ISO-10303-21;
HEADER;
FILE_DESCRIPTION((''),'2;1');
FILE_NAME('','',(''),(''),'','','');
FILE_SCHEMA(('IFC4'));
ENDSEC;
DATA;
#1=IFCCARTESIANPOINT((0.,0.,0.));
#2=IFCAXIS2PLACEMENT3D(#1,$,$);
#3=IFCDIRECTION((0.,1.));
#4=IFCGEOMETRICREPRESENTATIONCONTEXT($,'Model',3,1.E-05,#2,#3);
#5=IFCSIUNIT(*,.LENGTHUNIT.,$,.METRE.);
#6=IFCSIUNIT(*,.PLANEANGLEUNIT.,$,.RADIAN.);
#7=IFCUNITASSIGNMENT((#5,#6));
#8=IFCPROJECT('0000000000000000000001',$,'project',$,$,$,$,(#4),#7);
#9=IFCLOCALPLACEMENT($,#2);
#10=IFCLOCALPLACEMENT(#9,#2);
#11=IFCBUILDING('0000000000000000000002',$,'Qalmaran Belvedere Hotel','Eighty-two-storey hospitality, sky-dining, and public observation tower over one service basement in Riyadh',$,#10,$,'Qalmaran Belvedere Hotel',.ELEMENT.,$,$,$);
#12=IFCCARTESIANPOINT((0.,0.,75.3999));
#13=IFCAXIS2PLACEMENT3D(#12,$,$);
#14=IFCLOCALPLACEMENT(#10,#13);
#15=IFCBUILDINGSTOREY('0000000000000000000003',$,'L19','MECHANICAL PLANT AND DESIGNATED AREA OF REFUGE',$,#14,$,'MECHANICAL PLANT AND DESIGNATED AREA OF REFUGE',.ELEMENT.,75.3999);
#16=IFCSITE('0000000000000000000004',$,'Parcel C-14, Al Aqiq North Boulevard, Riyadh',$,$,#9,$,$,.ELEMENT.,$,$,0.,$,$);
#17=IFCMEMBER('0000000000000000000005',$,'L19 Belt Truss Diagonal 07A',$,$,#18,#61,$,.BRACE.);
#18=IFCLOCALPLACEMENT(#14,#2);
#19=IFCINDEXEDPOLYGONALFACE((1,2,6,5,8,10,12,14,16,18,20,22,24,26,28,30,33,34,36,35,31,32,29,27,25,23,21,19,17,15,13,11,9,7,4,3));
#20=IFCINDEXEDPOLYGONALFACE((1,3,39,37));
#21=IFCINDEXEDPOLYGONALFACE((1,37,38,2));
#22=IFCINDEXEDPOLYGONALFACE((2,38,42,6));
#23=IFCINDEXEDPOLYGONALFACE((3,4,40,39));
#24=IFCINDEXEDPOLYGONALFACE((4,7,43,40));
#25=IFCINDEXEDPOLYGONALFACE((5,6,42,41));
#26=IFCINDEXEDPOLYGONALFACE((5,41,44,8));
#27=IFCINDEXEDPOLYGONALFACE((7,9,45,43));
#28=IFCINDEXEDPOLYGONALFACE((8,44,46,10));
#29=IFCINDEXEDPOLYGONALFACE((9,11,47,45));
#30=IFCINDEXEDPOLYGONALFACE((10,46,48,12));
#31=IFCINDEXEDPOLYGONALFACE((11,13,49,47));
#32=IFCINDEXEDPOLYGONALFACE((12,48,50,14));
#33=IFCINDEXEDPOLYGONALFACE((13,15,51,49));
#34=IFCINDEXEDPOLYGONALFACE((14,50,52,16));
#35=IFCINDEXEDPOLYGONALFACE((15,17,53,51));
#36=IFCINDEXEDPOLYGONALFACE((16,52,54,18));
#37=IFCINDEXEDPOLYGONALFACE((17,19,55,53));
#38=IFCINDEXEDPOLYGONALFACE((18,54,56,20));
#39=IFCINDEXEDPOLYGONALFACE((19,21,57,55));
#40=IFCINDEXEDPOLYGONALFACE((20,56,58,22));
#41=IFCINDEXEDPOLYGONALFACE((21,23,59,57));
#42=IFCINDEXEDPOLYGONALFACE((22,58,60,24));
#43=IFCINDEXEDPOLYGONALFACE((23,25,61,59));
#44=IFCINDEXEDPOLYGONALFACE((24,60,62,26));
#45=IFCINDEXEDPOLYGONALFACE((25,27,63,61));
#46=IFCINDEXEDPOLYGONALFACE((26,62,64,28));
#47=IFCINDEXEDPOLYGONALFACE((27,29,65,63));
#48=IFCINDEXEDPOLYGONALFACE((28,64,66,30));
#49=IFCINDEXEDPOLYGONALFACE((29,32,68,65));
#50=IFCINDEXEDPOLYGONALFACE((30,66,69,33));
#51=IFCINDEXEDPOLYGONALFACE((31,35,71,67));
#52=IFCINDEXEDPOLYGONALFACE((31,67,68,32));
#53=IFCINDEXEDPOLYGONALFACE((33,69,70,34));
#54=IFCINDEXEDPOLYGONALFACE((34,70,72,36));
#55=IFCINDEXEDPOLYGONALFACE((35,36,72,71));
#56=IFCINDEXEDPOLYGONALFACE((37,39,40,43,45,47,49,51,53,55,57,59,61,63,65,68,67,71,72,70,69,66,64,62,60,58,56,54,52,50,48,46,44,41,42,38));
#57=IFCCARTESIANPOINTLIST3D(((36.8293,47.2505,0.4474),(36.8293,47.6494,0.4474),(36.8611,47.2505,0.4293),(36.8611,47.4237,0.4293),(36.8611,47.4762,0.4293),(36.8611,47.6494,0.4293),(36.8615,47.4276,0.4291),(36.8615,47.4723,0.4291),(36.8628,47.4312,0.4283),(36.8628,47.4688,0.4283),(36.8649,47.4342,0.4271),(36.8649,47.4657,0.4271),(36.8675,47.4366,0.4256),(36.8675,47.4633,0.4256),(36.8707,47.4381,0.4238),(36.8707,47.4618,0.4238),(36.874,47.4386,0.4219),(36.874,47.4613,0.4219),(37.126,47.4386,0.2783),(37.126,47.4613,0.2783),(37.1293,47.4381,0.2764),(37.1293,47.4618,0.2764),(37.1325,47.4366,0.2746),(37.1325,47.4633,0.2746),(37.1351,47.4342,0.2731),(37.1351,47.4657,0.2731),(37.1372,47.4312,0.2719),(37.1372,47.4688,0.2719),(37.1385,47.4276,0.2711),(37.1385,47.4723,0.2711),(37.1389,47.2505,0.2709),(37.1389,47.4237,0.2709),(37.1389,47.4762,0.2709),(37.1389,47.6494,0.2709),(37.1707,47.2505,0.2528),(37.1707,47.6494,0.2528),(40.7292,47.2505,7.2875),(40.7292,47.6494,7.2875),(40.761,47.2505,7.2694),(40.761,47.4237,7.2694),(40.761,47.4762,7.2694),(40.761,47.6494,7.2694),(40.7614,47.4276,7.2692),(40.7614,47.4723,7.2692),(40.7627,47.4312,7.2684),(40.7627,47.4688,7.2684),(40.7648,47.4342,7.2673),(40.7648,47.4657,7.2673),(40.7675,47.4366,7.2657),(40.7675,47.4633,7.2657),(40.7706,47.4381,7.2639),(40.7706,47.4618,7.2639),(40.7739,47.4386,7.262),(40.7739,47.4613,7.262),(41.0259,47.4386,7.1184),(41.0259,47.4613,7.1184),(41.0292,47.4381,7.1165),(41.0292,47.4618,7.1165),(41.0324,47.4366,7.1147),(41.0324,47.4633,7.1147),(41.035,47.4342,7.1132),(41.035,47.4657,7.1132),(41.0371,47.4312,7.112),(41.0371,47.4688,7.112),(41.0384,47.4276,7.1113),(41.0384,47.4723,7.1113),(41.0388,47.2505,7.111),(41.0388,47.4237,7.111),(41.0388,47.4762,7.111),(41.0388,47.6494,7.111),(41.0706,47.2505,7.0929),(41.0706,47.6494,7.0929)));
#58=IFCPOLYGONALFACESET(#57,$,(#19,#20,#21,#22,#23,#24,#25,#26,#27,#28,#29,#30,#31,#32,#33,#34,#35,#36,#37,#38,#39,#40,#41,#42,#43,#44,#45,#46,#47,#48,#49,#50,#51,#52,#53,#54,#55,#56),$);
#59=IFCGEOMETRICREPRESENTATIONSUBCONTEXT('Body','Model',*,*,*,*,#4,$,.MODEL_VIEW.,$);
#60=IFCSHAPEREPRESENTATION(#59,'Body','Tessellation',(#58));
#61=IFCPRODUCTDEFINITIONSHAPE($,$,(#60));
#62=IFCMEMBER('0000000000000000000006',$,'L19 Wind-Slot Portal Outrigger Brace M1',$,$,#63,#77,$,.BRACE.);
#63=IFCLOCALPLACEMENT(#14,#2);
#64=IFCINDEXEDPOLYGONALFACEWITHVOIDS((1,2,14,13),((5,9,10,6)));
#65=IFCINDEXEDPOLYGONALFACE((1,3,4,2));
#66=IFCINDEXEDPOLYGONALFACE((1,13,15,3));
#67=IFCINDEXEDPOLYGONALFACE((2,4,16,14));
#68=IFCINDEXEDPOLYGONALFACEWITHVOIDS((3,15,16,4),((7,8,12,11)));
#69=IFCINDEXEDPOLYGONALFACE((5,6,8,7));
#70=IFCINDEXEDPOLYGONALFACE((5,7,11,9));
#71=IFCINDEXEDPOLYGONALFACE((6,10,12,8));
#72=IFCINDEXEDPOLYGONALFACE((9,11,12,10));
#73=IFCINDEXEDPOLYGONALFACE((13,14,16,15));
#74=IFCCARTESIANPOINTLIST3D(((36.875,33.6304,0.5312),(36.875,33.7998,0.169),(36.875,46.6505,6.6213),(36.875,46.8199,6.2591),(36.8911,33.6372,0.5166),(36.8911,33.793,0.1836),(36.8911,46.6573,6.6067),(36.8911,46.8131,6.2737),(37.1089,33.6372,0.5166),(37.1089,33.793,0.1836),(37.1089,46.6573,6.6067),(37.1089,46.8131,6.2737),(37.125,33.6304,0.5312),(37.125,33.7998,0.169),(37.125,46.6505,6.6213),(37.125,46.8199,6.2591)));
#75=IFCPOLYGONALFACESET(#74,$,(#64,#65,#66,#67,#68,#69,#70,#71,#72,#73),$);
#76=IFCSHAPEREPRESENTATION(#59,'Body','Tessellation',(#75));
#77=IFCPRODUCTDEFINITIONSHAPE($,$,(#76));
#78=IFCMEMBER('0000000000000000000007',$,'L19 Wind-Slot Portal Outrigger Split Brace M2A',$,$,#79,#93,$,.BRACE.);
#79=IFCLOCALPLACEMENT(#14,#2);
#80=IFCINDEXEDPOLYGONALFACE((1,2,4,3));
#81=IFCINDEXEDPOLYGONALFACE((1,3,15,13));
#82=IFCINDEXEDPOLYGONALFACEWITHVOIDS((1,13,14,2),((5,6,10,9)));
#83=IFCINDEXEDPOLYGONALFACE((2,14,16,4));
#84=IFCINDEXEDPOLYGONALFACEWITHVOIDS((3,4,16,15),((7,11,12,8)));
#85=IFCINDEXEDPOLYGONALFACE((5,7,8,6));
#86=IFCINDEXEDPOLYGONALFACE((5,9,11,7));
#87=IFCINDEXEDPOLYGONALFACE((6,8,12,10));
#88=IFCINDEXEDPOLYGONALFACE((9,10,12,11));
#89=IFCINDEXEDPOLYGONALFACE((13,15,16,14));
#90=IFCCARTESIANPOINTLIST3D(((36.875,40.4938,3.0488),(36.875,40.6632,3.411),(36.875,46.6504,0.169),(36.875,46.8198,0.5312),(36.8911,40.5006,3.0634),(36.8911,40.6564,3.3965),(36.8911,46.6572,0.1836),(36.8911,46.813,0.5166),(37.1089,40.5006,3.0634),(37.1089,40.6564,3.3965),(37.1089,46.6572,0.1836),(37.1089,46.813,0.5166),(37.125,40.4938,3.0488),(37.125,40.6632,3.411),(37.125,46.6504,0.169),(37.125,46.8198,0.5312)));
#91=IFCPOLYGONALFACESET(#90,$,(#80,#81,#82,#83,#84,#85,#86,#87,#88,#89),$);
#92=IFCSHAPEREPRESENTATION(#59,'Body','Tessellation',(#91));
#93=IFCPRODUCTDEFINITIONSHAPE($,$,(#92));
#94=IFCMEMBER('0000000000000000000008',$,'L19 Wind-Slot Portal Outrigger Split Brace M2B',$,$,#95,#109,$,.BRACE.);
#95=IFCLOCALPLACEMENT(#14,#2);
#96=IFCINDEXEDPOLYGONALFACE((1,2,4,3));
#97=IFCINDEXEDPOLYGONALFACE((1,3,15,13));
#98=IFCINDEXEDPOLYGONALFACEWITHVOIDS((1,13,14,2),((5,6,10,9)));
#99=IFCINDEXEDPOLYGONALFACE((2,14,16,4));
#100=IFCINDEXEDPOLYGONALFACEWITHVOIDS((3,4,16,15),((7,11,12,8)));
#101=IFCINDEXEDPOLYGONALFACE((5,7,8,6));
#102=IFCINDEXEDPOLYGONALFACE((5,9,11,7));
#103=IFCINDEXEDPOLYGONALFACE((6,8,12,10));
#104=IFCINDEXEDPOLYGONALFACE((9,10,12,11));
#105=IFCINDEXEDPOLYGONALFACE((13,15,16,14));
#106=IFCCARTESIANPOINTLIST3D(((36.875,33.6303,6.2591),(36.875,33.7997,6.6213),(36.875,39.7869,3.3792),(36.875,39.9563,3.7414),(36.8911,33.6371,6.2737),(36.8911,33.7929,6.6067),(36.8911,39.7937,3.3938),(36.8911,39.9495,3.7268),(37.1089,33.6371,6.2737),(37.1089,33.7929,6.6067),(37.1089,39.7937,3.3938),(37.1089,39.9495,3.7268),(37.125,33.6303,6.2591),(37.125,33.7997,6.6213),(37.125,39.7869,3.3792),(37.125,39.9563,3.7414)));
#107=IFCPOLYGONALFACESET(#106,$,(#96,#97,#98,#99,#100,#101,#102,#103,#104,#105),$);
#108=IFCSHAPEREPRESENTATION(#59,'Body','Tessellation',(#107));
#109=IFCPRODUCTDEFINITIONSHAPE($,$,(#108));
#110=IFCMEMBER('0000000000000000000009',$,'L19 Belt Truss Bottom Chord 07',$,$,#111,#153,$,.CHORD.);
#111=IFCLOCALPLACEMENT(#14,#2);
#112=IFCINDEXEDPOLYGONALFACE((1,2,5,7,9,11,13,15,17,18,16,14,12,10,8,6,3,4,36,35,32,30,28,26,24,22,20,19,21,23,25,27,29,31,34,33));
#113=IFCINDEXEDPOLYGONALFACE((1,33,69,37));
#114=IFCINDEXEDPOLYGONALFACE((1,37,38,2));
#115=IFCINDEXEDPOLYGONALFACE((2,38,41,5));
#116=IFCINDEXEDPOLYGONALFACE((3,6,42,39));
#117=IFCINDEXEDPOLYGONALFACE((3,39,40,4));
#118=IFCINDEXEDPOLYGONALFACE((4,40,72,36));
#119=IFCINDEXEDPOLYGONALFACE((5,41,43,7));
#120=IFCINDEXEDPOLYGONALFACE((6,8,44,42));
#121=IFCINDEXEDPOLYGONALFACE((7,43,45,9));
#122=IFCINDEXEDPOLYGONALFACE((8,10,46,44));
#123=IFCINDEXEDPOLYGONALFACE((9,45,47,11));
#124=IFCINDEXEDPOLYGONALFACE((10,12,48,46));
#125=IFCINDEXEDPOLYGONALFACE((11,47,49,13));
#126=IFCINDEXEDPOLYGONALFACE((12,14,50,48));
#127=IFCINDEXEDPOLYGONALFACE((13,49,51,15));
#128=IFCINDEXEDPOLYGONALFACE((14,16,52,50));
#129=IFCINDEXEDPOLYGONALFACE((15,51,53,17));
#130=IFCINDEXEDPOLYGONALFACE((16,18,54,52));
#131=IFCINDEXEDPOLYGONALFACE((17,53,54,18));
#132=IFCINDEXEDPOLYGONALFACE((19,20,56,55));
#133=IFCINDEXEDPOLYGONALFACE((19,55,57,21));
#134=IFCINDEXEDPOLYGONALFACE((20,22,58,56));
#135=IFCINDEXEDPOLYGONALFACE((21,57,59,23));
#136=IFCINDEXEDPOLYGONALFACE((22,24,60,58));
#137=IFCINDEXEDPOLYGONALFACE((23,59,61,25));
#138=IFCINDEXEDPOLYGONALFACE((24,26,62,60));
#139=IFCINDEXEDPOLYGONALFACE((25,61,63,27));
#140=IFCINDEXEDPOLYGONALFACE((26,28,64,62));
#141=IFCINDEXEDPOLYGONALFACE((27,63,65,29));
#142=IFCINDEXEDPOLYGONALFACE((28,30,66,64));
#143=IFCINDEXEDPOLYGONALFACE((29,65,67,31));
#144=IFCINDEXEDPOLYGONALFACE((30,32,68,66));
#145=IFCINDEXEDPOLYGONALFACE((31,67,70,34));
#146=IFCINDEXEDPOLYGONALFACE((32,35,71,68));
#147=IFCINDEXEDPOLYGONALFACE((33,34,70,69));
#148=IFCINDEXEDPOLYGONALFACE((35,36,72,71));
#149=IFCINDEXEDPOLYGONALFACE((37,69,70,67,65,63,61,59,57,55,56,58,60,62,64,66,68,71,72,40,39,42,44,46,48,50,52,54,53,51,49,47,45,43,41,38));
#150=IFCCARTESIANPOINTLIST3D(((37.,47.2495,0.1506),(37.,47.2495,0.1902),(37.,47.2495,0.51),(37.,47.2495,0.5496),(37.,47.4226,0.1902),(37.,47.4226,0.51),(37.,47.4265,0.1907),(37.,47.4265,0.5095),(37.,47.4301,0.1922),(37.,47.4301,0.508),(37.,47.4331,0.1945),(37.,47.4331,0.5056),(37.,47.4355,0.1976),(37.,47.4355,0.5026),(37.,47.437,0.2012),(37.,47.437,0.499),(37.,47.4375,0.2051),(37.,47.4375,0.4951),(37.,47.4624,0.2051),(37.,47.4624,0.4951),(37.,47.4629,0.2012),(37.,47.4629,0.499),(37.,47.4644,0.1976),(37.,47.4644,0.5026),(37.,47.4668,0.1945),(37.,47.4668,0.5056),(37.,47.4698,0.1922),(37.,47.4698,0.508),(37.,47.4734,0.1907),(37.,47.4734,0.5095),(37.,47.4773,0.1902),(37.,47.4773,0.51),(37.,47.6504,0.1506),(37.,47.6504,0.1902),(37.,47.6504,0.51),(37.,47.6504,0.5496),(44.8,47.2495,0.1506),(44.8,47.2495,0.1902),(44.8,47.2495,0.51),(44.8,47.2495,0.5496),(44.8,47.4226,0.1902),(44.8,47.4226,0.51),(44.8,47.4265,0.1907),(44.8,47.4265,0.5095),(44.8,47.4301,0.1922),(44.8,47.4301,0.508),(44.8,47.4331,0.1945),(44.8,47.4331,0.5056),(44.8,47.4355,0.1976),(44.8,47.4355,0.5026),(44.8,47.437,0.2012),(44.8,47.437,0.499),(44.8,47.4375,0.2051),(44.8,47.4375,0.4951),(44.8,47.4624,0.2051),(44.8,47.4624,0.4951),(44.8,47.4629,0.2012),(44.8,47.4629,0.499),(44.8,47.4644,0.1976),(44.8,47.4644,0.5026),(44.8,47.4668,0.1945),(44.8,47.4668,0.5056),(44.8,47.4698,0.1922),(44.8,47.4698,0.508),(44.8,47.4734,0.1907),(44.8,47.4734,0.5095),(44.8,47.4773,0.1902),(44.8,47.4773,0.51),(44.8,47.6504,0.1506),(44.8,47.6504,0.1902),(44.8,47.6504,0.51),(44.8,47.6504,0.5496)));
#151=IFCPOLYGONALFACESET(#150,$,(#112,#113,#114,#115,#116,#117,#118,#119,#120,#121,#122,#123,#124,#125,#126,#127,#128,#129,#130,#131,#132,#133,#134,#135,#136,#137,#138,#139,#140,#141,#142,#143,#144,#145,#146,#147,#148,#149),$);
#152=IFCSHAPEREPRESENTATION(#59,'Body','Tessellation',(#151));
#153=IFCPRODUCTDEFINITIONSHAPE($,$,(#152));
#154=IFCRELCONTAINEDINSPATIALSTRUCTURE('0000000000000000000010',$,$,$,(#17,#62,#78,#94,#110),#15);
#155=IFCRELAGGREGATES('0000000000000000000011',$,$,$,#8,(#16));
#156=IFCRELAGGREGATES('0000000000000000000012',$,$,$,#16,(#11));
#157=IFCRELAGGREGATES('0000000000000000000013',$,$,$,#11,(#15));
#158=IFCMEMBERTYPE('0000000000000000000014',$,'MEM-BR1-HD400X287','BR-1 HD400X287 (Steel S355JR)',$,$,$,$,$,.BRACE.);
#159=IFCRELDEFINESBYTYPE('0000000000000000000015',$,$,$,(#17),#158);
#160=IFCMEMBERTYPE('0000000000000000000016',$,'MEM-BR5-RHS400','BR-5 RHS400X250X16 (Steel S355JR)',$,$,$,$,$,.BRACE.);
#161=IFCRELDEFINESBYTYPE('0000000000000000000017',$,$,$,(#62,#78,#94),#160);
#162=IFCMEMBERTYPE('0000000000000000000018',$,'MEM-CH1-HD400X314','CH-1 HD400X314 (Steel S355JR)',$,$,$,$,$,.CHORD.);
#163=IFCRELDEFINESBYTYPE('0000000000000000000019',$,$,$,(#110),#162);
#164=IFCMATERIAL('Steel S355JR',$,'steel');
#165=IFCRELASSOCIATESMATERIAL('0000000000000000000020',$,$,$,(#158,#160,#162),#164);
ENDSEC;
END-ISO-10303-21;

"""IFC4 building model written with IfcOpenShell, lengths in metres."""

from ifc_helpers import new_model, si_unit, direction, frame, origin, origin_2d, place, context, subcontext, project, spatial, hollow_rectangle, i_section, extrude, material, material_profile, profile_set, type_object, element, save


model = new_model("IFC4")

# Units and contexts
model_context = context("Model", 3, precision=1e-05, world=origin(), true_north=direction((0.0, 1.0)))
body_context = subcontext(model_context, "Body", "Model", "MODEL_VIEW")
ifc_project = project(units=[si_unit("LENGTHUNIT", "METRE"), si_unit("PLANEANGLEUNIT", "RADIAN")], contexts=[model_context])

# Site, building, storey
site_placement = place(None, origin())
site = spatial("IfcSite", under=ifc_project, at=site_placement, Name="Parcel C-14, Al Aqiq North Boulevard, Riyadh", CompositionType="ELEMENT", RefElevation=0.0)
building_placement = place(site_placement, origin())
building = spatial("IfcBuilding", under=site, at=building_placement, Name="Qalmaran Belvedere Hotel", Description="Eighty-two-storey hospitality, sky-dining, and public observation tower over one service basement in Riyadh", LongName="Qalmaran Belvedere Hotel", CompositionType="ELEMENT")
storey_placement = place(building_placement, frame((0.0, 0.0, 75.3999)))
storey = spatial("IfcBuildingStorey", under=building, at=storey_placement, Name="L19", Description="MECHANICAL PLANT AND DESIGNATED AREA OF REFUGE", LongName="MECHANICAL PLANT AND DESIGNATED AREA OF REFUGE", CompositionType="ELEMENT", Elevation=75.3999)

# Shared definitions
ifc_material_1 = material(Name="Steel S355JR", Category="steel")

# Members
ifc_material_profile_1 = material_profile(ifc_material_1, i_section(OverallWidth=0.3989, OverallDepth=0.3931, WebThickness=0.0227, FlangeThickness=0.0366, FilletRadius=0.0149, at=origin_2d()), Name="HD400X287")
ifc_profile_set_1 = profile_set([ifc_material_profile_1], Name="Steel S355JR")
member_type_1 = type_object("IfcMemberType", Name="MEM-BR1-HD400X287", Description="BR-1 HD400X287 (Steel S355JR)", PredefinedType="BRACE", material=ifc_profile_set_1)
for number, where, z_axis, x_axis, name in (
    (1, (37.0, 47.45, 0.3501), (0.495304, 0.0, 0.86872), (0.0, 1.0, 0.0), "L19 Belt Truss Diagonal 07A"),
):
    element("IfcMember", number, at=place(storey_placement, frame(where, z_axis=z_axis, x_axis=x_axis)), inside=storey, type_object=member_type_1, Name=name, PredefinedType="BRACE", context=body_context, shape_type="SweptSolid", body=[
        extrude(i_section(OverallWidth=0.3989, OverallDepth=0.3931, WebThickness=0.0227, FlangeThickness=0.0366, FilletRadius=0.0149, at=origin_2d()), origin(), (0.0, 0.0, 1.0), 7.8738),
    ])
ifc_material_profile_2 = material_profile(ifc_material_1, hollow_rectangle(XDim=0.25, YDim=0.3999, WallThickness=0.0161, at=origin_2d()), Name="RHS400X250X16")
ifc_profile_set_2 = profile_set([ifc_material_profile_2], Name="Steel S355JR")
member_type_2 = type_object("IfcMemberType", Name="MEM-BR5-RHS400", Description="BR-5 RHS400X250X16 (Steel S355JR)", PredefinedType="BRACE", material=ifc_profile_set_2)
member_1_placement = place(storey_placement, frame((37.0, 33.7151, 0.3501), z_axis=(0.0, 0.905807, 0.42369), x_axis=(-1.0, 0.0, 0.0)))
element("IfcMember", 2, at=member_1_placement, inside=storey, type_object=member_type_2, Name="L19 Wind-Slot Portal Outrigger Brace M1", PredefinedType="BRACE", context=body_context, shape_type="SweptSolid", body=[
    extrude(hollow_rectangle(XDim=0.25, YDim=0.3999, WallThickness=0.0161, at=origin_2d()), origin(), (0.0, 0.0, 1.0), 14.374),
])
for number, where, z_axis, x_axis, name in (
    (3, (37.0, 46.7351, 0.3501), (0.0, -0.905803, 0.423699), (1.0, 0.0, 0.0), "L19 Wind-Slot Portal Outrigger Split Brace M2A"),
    (4, (37.0, 39.8716, 3.5603), (0.0, -0.905796, 0.423713), (1.0, 0.0, 0.0), "L19 Wind-Slot Portal Outrigger Split Brace M2B"),
):
    element("IfcMember", number, at=place(storey_placement, frame(where, z_axis=z_axis, x_axis=x_axis)), inside=storey, type_object=member_type_2, Name=name, PredefinedType="BRACE", context=body_context, shape_type="SweptSolid", body=[
        extrude(hollow_rectangle(XDim=0.25, YDim=0.3999, WallThickness=0.0161, at=origin_2d()), origin(), (0.0, 0.0, 1.0), 6.7969),
    ])
ifc_material_profile_3 = material_profile(ifc_material_1, i_section(OverallWidth=0.4009, OverallDepth=0.3989, WebThickness=0.0249, FlangeThickness=0.0396, FilletRadius=0.0149, at=origin_2d()), Name="HD400X314")
ifc_profile_set_3 = profile_set([ifc_material_profile_3], Name="Steel S355JR")
member_type_3 = type_object("IfcMemberType", Name="MEM-CH1-HD400X314", Description="CH-1 HD400X314 (Steel S355JR)", PredefinedType="CHORD", material=ifc_profile_set_3)
member_2_placement = place(storey_placement, frame((37.0, 47.45, 0.3501), z_axis=(1.0, 0.0, 0.0), x_axis=(0.0, 1.0, 0.0)))
element("IfcMember", 5, at=member_2_placement, inside=storey, type_object=member_type_3, Name="L19 Belt Truss Bottom Chord 07", PredefinedType="CHORD", context=body_context, shape_type="SweptSolid", body=[
    extrude(i_section(OverallWidth=0.4009, OverallDepth=0.3989, WebThickness=0.0249, FlangeThickness=0.0396, FilletRadius=0.0149, at=origin_2d()), origin(), (0.0, 0.0, 1.0), 7.8),
])

save(model, "model.ifc")
